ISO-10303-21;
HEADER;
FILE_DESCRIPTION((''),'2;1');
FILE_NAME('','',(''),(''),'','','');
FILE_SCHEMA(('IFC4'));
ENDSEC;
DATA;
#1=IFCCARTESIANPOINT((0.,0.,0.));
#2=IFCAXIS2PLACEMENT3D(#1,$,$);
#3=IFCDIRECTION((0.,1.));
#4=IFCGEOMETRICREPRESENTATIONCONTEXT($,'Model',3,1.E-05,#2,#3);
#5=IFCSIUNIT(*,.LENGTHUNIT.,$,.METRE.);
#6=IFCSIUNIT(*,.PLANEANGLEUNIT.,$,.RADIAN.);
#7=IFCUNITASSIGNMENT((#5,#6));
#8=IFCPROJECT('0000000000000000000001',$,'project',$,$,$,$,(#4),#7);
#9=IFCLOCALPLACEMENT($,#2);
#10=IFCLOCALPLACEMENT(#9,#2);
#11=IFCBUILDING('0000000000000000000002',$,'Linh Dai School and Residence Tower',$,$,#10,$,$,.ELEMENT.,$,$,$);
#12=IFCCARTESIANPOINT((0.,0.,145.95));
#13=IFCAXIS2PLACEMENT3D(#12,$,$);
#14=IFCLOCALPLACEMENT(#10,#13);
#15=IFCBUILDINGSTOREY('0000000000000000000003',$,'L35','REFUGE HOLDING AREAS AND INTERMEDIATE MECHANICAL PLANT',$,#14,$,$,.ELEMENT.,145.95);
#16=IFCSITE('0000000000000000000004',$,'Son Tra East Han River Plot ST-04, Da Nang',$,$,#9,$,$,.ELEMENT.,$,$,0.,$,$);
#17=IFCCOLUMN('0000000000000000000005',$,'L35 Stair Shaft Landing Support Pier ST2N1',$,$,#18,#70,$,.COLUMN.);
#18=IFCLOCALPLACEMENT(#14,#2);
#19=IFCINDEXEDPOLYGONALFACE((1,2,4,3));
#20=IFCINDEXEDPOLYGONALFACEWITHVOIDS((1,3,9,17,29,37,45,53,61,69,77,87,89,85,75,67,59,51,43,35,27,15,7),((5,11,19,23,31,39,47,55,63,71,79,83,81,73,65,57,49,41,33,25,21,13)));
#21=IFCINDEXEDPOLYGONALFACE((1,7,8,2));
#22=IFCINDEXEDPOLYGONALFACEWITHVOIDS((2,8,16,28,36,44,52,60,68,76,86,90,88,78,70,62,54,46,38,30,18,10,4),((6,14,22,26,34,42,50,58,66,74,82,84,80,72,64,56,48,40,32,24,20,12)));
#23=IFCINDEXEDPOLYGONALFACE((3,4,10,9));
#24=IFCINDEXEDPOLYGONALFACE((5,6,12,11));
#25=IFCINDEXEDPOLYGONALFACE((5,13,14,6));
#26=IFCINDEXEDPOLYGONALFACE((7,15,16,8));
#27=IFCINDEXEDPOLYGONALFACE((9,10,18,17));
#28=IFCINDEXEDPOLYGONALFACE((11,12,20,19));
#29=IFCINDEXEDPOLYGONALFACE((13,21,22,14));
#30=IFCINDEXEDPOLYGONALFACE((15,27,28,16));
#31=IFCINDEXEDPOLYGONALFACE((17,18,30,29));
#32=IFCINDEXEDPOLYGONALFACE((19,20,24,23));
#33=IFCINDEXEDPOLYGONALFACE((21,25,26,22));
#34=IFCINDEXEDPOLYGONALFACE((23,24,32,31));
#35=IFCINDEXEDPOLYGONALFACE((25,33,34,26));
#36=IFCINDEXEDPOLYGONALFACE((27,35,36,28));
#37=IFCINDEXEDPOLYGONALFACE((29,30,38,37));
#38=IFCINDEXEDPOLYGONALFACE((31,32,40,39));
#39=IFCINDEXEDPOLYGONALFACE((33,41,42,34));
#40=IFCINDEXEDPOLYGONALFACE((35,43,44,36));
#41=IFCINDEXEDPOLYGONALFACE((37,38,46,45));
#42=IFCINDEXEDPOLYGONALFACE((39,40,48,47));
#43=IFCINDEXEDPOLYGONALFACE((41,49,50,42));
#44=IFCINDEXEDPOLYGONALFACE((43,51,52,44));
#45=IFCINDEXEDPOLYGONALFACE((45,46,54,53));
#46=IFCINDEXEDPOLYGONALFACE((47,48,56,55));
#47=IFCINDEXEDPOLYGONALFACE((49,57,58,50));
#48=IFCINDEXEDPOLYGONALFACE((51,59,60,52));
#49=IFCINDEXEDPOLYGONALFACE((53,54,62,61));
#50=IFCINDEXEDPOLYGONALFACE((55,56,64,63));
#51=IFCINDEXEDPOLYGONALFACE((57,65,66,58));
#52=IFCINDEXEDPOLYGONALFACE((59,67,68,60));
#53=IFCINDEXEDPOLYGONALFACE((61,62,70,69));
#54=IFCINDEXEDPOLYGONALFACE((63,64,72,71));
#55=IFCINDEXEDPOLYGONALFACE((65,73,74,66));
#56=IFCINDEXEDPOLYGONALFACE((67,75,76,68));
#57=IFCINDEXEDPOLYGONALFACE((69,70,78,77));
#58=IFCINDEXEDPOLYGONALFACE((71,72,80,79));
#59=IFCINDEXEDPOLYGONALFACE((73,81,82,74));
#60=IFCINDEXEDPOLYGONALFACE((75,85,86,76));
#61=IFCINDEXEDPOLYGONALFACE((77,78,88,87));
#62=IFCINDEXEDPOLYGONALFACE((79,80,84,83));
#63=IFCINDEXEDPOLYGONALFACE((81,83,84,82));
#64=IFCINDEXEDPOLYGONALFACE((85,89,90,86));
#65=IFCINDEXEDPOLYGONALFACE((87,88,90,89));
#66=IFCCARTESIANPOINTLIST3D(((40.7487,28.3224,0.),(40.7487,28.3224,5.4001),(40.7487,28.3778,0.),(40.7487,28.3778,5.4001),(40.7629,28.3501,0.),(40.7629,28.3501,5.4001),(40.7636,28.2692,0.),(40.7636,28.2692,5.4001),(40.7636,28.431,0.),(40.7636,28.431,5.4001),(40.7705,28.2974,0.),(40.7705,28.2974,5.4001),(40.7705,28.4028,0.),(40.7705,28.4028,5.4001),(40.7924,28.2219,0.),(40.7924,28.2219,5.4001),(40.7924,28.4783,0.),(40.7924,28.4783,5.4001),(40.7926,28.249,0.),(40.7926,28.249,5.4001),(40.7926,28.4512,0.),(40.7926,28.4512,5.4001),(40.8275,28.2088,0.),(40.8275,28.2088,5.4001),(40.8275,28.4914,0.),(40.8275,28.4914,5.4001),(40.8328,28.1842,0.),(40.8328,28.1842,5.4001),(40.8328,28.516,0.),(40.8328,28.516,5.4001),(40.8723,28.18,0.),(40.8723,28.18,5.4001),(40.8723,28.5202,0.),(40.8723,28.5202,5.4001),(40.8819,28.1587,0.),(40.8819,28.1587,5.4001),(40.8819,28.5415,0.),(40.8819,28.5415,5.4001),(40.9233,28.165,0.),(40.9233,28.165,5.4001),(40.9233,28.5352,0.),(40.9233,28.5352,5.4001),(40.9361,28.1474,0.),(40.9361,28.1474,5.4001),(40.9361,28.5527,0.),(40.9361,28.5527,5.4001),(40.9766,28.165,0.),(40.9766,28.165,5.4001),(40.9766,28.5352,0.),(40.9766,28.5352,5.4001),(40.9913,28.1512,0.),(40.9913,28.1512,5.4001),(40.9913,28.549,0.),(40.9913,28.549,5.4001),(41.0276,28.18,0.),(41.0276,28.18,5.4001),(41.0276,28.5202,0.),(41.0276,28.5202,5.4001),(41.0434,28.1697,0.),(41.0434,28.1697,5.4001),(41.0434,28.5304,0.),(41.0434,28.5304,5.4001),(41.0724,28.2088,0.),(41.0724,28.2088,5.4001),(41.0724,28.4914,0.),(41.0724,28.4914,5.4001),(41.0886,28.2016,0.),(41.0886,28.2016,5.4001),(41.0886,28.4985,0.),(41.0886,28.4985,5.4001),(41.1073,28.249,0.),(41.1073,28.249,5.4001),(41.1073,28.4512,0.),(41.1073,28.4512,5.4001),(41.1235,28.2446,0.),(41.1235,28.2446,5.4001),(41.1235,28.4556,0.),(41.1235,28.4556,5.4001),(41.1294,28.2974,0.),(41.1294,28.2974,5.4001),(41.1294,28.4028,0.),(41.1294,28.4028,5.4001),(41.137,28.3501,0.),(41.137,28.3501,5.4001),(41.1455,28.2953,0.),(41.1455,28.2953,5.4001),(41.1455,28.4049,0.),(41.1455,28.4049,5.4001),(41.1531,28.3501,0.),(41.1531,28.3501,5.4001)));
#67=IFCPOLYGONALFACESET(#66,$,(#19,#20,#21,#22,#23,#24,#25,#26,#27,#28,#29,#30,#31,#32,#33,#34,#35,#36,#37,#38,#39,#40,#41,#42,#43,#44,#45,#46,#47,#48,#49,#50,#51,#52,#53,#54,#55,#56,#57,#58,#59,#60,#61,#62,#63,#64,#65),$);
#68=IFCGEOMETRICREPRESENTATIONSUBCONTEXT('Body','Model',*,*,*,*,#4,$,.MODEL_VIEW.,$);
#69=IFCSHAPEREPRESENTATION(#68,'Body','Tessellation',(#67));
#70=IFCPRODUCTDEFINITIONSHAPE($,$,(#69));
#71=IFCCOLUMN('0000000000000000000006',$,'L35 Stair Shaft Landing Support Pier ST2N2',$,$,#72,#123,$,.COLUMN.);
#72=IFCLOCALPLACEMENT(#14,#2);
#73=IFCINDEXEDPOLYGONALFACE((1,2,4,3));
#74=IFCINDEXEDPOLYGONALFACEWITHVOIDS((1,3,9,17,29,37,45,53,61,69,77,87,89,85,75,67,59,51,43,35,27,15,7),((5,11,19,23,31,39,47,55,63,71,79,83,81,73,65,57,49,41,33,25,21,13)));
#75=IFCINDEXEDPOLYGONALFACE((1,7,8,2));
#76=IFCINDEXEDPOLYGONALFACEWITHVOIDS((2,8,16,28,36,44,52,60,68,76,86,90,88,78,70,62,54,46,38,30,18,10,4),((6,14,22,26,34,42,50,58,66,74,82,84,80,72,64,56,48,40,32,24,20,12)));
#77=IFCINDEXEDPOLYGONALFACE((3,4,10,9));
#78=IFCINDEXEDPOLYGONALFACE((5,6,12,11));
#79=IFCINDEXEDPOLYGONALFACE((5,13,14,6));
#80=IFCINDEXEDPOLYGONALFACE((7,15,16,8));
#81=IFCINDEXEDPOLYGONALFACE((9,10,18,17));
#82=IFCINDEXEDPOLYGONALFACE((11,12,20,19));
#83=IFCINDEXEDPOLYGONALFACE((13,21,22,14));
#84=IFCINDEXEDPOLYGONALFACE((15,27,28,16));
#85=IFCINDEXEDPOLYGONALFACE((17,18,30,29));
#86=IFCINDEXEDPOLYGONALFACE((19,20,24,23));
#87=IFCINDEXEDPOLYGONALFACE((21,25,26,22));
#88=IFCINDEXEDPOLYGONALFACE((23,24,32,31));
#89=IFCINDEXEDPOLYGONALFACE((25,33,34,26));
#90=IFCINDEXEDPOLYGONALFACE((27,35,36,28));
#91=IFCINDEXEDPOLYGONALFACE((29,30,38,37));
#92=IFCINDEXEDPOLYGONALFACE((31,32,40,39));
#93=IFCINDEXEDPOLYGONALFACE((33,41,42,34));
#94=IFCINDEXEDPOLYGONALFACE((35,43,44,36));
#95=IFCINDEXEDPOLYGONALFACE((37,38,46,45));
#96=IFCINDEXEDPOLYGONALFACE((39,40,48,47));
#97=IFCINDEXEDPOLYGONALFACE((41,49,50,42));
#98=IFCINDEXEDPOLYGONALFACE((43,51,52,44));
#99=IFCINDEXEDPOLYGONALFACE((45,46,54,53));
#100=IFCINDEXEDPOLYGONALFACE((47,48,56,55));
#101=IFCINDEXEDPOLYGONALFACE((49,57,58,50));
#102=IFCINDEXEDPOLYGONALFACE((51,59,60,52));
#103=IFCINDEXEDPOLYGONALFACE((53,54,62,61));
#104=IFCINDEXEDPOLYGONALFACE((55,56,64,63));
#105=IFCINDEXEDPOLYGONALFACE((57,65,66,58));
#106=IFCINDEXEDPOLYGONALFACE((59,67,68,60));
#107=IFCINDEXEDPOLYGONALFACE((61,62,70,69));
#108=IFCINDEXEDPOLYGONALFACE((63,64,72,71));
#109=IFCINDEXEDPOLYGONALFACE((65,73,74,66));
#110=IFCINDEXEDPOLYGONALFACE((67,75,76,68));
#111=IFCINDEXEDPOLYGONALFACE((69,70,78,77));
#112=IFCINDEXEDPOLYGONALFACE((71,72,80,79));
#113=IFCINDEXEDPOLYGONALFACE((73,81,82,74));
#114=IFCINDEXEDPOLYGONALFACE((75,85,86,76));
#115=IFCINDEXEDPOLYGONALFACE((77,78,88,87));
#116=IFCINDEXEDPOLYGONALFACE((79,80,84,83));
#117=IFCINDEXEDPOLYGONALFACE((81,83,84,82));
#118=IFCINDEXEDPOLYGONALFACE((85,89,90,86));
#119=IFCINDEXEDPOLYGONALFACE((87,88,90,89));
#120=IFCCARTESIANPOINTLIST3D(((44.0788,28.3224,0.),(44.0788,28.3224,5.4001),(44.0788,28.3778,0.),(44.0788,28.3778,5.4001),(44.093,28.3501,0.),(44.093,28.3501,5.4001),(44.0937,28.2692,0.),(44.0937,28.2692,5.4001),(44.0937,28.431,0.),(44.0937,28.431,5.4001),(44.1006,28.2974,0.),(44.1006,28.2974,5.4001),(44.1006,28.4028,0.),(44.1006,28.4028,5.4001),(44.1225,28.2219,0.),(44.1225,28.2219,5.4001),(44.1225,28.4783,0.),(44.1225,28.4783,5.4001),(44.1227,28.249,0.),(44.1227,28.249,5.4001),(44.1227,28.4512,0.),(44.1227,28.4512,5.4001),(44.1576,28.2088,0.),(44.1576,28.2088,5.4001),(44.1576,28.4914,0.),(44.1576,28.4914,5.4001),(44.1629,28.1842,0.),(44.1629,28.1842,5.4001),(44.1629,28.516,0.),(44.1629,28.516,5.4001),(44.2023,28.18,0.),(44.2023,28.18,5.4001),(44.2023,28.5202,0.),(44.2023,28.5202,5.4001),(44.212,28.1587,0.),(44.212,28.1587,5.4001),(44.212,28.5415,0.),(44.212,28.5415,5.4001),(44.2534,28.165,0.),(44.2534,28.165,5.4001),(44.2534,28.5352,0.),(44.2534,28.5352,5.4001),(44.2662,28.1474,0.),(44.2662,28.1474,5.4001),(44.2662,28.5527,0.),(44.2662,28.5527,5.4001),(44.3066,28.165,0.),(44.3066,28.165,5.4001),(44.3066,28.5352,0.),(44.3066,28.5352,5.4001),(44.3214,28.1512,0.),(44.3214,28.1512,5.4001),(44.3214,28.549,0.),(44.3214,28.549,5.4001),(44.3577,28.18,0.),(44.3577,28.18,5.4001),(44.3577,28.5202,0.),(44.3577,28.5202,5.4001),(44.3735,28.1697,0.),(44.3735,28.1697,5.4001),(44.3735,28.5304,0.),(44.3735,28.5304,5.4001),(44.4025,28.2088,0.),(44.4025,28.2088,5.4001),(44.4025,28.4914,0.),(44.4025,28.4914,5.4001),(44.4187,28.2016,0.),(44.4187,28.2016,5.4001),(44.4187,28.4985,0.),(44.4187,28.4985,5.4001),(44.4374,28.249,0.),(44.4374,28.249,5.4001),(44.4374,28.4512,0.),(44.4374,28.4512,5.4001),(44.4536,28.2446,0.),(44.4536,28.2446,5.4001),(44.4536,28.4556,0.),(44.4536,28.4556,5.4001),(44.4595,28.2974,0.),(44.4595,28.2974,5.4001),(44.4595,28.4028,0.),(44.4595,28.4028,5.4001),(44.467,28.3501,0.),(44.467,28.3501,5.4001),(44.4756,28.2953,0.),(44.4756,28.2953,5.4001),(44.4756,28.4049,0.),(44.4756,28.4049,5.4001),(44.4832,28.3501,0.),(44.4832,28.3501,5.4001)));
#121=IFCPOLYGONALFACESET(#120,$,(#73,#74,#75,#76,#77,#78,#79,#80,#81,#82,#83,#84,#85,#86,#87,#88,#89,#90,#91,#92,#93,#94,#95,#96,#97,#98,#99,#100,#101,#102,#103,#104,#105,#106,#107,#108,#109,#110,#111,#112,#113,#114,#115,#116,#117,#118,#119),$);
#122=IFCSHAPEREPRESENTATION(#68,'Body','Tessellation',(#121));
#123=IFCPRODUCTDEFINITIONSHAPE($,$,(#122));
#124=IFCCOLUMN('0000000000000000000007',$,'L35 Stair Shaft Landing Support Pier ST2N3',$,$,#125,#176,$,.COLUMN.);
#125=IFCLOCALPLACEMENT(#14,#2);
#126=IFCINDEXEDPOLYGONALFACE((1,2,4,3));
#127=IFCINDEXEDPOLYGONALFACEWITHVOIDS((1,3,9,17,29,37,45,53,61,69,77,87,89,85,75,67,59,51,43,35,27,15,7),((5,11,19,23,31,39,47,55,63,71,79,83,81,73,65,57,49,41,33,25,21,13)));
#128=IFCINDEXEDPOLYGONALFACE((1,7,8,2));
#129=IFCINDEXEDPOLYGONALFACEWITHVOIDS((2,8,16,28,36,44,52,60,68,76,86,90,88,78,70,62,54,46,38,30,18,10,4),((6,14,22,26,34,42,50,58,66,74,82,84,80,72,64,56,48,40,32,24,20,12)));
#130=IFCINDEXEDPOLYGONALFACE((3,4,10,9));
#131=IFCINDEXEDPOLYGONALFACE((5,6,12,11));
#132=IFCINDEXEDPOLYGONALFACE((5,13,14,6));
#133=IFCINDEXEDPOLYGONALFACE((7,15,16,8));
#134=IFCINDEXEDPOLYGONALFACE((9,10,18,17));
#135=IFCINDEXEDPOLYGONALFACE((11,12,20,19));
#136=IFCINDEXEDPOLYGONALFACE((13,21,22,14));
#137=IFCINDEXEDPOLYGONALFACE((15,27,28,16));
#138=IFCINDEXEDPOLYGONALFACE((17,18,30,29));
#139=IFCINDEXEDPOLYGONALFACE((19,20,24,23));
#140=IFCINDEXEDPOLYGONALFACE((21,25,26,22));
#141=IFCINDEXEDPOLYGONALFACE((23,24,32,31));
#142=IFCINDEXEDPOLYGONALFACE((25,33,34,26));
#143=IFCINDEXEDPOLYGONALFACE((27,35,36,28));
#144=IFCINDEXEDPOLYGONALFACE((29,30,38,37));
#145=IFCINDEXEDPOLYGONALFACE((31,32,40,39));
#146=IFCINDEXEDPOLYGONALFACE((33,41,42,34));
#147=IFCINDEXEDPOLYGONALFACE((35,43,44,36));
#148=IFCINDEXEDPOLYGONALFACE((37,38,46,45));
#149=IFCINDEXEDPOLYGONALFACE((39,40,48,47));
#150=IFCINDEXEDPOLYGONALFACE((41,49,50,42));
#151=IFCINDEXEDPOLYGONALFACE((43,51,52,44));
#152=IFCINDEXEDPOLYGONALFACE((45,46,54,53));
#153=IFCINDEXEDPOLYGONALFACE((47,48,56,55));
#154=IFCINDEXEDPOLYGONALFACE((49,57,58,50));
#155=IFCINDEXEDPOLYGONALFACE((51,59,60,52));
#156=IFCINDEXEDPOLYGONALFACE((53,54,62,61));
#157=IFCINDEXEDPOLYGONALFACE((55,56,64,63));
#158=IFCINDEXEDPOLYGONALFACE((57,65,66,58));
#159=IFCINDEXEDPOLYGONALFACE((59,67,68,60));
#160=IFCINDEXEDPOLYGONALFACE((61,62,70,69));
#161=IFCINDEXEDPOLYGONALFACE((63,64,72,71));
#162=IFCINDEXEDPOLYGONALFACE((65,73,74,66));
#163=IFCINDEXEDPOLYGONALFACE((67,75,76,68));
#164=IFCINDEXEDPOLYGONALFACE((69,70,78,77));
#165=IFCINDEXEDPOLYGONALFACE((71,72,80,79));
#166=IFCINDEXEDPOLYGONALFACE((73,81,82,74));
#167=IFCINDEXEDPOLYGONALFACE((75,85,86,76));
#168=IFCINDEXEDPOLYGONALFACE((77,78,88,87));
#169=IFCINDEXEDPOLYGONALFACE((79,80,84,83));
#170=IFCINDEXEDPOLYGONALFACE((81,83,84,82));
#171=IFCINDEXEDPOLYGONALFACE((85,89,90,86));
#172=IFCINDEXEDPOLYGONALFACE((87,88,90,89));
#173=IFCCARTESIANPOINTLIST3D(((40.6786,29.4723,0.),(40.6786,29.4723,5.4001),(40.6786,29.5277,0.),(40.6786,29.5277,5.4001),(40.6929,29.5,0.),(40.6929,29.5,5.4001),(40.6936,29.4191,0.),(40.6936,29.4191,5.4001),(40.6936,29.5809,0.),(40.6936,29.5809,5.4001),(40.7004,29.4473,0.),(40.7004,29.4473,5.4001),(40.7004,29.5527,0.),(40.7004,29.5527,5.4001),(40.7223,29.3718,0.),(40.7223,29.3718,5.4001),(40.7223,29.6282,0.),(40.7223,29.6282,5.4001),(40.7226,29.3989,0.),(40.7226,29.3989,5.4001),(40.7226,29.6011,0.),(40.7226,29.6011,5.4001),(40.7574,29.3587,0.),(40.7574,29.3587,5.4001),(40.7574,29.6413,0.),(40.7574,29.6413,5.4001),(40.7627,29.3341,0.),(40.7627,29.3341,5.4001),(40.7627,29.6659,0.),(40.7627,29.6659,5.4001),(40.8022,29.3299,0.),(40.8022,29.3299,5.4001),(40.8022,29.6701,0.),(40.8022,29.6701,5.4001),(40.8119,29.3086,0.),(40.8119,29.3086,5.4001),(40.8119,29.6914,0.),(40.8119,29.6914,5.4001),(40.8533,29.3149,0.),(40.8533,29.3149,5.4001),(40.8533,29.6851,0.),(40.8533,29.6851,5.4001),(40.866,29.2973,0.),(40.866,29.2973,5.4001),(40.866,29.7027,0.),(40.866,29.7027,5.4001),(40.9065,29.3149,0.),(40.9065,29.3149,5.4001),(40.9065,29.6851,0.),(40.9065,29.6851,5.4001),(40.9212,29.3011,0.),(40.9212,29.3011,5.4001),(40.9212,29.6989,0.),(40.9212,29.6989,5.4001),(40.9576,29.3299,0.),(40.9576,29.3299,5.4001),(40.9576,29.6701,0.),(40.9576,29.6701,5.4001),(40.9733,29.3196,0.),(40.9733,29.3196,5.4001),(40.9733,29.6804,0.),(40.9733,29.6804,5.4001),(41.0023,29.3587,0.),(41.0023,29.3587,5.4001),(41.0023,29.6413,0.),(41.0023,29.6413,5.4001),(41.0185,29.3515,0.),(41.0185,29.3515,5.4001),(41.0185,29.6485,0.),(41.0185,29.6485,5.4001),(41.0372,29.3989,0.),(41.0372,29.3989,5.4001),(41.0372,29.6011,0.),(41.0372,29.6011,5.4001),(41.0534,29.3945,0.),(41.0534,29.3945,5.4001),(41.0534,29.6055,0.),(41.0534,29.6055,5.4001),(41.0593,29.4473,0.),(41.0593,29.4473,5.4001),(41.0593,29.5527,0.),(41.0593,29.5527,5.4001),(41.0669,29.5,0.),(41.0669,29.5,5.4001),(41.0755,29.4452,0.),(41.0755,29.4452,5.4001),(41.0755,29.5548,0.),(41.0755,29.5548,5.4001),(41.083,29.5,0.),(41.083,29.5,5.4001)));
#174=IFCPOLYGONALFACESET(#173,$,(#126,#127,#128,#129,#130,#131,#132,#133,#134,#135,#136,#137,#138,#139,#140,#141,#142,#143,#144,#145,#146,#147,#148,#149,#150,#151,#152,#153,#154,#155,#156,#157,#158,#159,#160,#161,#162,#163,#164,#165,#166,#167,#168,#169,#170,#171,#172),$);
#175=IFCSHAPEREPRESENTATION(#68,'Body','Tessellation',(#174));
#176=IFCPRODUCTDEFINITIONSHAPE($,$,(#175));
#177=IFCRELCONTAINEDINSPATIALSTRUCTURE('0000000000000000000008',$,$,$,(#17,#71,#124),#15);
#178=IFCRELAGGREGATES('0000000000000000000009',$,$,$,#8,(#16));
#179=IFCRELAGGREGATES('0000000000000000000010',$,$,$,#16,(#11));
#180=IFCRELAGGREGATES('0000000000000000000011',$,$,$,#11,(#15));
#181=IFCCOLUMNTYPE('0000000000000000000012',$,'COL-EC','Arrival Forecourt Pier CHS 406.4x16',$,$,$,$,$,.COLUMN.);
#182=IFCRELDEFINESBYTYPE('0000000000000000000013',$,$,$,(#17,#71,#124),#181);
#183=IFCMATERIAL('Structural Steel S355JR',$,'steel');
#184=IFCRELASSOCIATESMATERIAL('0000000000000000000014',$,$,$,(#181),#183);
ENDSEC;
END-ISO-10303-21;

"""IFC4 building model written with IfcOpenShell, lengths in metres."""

from ifc_helpers import new_model, si_unit, direction, frame, origin, origin_2d, place, context, subcontext, project, spatial, hollow_circle, extrude, material, material_profile, profile_set, type_object, element, save


model = new_model("IFC4")

# Units and contexts
model_context = context("Model", 3, precision=1e-05, world=origin(), true_north=direction((0.0, 1.0)))
body_context = subcontext(model_context, "Body", "Model", "MODEL_VIEW")
ifc_project = project(units=[si_unit("LENGTHUNIT", "METRE"), si_unit("PLANEANGLEUNIT", "RADIAN")], contexts=[model_context])

# Site, building, storey
site_placement = place(None, origin())
site = spatial("IfcSite", under=ifc_project, at=site_placement, Name="Son Tra East Han River Plot ST-04, Da Nang", CompositionType="ELEMENT", RefElevation=0.0)
building_placement = place(site_placement, origin())
building = spatial("IfcBuilding", under=site, at=building_placement, Name="Linh Dai School and Residence Tower", CompositionType="ELEMENT")
storey_placement = place(building_placement, frame((0.0, 0.0, 145.95)))
storey = spatial("IfcBuildingStorey", under=building, at=storey_placement, Name="L35", Description="REFUGE HOLDING AREAS AND INTERMEDIATE MECHANICAL PLANT", CompositionType="ELEMENT", Elevation=145.95)

# Columns
ifc_material_1 = material(Name="Structural Steel S355JR", Category="steel")
ifc_material_profile_1 = material_profile(ifc_material_1, hollow_circle(Radius=0.2031, WallThickness=0.0161, at=origin_2d()), Name="CHS 406.4x16")
ifc_profile_set_1 = profile_set([ifc_material_profile_1], Name="Structural Steel S355JR")
column_type_1 = type_object("IfcColumnType", Name="COL-EC", Description="Arrival Forecourt Pier CHS 406.4x16", PredefinedType="COLUMN", material=ifc_profile_set_1)
for number, where, z_axis, x_axis, name in (
    (1, (40.95, 28.3501, 0.0), (0.0, 0.0, 1.0), (1.0, 0.0, 0.0), "L35 Stair Shaft Landing Support Pier ST2N1"),
    (2, (44.28, 28.3501, 0.0), (0.0, 0.0, 1.0), (1.0, 0.0, 0.0), "L35 Stair Shaft Landing Support Pier ST2N2"),
    (3, (40.8799, 29.5, 0.0), (0.0, 0.0, 1.0), (1.0, 0.0, 0.0), "L35 Stair Shaft Landing Support Pier ST2N3"),
):
    element("IfcColumn", number, at=place(storey_placement, frame(where, z_axis=z_axis, x_axis=x_axis)), inside=storey, type_object=column_type_1, Name=name, PredefinedType="COLUMN", context=body_context, shape_type="SweptSolid", body=[
        extrude(hollow_circle(Radius=0.2031, WallThickness=0.0161, at=origin_2d()), origin(), (0.0, 0.0, 1.0), 5.4001),
    ])

save(model, "model.ifc")
